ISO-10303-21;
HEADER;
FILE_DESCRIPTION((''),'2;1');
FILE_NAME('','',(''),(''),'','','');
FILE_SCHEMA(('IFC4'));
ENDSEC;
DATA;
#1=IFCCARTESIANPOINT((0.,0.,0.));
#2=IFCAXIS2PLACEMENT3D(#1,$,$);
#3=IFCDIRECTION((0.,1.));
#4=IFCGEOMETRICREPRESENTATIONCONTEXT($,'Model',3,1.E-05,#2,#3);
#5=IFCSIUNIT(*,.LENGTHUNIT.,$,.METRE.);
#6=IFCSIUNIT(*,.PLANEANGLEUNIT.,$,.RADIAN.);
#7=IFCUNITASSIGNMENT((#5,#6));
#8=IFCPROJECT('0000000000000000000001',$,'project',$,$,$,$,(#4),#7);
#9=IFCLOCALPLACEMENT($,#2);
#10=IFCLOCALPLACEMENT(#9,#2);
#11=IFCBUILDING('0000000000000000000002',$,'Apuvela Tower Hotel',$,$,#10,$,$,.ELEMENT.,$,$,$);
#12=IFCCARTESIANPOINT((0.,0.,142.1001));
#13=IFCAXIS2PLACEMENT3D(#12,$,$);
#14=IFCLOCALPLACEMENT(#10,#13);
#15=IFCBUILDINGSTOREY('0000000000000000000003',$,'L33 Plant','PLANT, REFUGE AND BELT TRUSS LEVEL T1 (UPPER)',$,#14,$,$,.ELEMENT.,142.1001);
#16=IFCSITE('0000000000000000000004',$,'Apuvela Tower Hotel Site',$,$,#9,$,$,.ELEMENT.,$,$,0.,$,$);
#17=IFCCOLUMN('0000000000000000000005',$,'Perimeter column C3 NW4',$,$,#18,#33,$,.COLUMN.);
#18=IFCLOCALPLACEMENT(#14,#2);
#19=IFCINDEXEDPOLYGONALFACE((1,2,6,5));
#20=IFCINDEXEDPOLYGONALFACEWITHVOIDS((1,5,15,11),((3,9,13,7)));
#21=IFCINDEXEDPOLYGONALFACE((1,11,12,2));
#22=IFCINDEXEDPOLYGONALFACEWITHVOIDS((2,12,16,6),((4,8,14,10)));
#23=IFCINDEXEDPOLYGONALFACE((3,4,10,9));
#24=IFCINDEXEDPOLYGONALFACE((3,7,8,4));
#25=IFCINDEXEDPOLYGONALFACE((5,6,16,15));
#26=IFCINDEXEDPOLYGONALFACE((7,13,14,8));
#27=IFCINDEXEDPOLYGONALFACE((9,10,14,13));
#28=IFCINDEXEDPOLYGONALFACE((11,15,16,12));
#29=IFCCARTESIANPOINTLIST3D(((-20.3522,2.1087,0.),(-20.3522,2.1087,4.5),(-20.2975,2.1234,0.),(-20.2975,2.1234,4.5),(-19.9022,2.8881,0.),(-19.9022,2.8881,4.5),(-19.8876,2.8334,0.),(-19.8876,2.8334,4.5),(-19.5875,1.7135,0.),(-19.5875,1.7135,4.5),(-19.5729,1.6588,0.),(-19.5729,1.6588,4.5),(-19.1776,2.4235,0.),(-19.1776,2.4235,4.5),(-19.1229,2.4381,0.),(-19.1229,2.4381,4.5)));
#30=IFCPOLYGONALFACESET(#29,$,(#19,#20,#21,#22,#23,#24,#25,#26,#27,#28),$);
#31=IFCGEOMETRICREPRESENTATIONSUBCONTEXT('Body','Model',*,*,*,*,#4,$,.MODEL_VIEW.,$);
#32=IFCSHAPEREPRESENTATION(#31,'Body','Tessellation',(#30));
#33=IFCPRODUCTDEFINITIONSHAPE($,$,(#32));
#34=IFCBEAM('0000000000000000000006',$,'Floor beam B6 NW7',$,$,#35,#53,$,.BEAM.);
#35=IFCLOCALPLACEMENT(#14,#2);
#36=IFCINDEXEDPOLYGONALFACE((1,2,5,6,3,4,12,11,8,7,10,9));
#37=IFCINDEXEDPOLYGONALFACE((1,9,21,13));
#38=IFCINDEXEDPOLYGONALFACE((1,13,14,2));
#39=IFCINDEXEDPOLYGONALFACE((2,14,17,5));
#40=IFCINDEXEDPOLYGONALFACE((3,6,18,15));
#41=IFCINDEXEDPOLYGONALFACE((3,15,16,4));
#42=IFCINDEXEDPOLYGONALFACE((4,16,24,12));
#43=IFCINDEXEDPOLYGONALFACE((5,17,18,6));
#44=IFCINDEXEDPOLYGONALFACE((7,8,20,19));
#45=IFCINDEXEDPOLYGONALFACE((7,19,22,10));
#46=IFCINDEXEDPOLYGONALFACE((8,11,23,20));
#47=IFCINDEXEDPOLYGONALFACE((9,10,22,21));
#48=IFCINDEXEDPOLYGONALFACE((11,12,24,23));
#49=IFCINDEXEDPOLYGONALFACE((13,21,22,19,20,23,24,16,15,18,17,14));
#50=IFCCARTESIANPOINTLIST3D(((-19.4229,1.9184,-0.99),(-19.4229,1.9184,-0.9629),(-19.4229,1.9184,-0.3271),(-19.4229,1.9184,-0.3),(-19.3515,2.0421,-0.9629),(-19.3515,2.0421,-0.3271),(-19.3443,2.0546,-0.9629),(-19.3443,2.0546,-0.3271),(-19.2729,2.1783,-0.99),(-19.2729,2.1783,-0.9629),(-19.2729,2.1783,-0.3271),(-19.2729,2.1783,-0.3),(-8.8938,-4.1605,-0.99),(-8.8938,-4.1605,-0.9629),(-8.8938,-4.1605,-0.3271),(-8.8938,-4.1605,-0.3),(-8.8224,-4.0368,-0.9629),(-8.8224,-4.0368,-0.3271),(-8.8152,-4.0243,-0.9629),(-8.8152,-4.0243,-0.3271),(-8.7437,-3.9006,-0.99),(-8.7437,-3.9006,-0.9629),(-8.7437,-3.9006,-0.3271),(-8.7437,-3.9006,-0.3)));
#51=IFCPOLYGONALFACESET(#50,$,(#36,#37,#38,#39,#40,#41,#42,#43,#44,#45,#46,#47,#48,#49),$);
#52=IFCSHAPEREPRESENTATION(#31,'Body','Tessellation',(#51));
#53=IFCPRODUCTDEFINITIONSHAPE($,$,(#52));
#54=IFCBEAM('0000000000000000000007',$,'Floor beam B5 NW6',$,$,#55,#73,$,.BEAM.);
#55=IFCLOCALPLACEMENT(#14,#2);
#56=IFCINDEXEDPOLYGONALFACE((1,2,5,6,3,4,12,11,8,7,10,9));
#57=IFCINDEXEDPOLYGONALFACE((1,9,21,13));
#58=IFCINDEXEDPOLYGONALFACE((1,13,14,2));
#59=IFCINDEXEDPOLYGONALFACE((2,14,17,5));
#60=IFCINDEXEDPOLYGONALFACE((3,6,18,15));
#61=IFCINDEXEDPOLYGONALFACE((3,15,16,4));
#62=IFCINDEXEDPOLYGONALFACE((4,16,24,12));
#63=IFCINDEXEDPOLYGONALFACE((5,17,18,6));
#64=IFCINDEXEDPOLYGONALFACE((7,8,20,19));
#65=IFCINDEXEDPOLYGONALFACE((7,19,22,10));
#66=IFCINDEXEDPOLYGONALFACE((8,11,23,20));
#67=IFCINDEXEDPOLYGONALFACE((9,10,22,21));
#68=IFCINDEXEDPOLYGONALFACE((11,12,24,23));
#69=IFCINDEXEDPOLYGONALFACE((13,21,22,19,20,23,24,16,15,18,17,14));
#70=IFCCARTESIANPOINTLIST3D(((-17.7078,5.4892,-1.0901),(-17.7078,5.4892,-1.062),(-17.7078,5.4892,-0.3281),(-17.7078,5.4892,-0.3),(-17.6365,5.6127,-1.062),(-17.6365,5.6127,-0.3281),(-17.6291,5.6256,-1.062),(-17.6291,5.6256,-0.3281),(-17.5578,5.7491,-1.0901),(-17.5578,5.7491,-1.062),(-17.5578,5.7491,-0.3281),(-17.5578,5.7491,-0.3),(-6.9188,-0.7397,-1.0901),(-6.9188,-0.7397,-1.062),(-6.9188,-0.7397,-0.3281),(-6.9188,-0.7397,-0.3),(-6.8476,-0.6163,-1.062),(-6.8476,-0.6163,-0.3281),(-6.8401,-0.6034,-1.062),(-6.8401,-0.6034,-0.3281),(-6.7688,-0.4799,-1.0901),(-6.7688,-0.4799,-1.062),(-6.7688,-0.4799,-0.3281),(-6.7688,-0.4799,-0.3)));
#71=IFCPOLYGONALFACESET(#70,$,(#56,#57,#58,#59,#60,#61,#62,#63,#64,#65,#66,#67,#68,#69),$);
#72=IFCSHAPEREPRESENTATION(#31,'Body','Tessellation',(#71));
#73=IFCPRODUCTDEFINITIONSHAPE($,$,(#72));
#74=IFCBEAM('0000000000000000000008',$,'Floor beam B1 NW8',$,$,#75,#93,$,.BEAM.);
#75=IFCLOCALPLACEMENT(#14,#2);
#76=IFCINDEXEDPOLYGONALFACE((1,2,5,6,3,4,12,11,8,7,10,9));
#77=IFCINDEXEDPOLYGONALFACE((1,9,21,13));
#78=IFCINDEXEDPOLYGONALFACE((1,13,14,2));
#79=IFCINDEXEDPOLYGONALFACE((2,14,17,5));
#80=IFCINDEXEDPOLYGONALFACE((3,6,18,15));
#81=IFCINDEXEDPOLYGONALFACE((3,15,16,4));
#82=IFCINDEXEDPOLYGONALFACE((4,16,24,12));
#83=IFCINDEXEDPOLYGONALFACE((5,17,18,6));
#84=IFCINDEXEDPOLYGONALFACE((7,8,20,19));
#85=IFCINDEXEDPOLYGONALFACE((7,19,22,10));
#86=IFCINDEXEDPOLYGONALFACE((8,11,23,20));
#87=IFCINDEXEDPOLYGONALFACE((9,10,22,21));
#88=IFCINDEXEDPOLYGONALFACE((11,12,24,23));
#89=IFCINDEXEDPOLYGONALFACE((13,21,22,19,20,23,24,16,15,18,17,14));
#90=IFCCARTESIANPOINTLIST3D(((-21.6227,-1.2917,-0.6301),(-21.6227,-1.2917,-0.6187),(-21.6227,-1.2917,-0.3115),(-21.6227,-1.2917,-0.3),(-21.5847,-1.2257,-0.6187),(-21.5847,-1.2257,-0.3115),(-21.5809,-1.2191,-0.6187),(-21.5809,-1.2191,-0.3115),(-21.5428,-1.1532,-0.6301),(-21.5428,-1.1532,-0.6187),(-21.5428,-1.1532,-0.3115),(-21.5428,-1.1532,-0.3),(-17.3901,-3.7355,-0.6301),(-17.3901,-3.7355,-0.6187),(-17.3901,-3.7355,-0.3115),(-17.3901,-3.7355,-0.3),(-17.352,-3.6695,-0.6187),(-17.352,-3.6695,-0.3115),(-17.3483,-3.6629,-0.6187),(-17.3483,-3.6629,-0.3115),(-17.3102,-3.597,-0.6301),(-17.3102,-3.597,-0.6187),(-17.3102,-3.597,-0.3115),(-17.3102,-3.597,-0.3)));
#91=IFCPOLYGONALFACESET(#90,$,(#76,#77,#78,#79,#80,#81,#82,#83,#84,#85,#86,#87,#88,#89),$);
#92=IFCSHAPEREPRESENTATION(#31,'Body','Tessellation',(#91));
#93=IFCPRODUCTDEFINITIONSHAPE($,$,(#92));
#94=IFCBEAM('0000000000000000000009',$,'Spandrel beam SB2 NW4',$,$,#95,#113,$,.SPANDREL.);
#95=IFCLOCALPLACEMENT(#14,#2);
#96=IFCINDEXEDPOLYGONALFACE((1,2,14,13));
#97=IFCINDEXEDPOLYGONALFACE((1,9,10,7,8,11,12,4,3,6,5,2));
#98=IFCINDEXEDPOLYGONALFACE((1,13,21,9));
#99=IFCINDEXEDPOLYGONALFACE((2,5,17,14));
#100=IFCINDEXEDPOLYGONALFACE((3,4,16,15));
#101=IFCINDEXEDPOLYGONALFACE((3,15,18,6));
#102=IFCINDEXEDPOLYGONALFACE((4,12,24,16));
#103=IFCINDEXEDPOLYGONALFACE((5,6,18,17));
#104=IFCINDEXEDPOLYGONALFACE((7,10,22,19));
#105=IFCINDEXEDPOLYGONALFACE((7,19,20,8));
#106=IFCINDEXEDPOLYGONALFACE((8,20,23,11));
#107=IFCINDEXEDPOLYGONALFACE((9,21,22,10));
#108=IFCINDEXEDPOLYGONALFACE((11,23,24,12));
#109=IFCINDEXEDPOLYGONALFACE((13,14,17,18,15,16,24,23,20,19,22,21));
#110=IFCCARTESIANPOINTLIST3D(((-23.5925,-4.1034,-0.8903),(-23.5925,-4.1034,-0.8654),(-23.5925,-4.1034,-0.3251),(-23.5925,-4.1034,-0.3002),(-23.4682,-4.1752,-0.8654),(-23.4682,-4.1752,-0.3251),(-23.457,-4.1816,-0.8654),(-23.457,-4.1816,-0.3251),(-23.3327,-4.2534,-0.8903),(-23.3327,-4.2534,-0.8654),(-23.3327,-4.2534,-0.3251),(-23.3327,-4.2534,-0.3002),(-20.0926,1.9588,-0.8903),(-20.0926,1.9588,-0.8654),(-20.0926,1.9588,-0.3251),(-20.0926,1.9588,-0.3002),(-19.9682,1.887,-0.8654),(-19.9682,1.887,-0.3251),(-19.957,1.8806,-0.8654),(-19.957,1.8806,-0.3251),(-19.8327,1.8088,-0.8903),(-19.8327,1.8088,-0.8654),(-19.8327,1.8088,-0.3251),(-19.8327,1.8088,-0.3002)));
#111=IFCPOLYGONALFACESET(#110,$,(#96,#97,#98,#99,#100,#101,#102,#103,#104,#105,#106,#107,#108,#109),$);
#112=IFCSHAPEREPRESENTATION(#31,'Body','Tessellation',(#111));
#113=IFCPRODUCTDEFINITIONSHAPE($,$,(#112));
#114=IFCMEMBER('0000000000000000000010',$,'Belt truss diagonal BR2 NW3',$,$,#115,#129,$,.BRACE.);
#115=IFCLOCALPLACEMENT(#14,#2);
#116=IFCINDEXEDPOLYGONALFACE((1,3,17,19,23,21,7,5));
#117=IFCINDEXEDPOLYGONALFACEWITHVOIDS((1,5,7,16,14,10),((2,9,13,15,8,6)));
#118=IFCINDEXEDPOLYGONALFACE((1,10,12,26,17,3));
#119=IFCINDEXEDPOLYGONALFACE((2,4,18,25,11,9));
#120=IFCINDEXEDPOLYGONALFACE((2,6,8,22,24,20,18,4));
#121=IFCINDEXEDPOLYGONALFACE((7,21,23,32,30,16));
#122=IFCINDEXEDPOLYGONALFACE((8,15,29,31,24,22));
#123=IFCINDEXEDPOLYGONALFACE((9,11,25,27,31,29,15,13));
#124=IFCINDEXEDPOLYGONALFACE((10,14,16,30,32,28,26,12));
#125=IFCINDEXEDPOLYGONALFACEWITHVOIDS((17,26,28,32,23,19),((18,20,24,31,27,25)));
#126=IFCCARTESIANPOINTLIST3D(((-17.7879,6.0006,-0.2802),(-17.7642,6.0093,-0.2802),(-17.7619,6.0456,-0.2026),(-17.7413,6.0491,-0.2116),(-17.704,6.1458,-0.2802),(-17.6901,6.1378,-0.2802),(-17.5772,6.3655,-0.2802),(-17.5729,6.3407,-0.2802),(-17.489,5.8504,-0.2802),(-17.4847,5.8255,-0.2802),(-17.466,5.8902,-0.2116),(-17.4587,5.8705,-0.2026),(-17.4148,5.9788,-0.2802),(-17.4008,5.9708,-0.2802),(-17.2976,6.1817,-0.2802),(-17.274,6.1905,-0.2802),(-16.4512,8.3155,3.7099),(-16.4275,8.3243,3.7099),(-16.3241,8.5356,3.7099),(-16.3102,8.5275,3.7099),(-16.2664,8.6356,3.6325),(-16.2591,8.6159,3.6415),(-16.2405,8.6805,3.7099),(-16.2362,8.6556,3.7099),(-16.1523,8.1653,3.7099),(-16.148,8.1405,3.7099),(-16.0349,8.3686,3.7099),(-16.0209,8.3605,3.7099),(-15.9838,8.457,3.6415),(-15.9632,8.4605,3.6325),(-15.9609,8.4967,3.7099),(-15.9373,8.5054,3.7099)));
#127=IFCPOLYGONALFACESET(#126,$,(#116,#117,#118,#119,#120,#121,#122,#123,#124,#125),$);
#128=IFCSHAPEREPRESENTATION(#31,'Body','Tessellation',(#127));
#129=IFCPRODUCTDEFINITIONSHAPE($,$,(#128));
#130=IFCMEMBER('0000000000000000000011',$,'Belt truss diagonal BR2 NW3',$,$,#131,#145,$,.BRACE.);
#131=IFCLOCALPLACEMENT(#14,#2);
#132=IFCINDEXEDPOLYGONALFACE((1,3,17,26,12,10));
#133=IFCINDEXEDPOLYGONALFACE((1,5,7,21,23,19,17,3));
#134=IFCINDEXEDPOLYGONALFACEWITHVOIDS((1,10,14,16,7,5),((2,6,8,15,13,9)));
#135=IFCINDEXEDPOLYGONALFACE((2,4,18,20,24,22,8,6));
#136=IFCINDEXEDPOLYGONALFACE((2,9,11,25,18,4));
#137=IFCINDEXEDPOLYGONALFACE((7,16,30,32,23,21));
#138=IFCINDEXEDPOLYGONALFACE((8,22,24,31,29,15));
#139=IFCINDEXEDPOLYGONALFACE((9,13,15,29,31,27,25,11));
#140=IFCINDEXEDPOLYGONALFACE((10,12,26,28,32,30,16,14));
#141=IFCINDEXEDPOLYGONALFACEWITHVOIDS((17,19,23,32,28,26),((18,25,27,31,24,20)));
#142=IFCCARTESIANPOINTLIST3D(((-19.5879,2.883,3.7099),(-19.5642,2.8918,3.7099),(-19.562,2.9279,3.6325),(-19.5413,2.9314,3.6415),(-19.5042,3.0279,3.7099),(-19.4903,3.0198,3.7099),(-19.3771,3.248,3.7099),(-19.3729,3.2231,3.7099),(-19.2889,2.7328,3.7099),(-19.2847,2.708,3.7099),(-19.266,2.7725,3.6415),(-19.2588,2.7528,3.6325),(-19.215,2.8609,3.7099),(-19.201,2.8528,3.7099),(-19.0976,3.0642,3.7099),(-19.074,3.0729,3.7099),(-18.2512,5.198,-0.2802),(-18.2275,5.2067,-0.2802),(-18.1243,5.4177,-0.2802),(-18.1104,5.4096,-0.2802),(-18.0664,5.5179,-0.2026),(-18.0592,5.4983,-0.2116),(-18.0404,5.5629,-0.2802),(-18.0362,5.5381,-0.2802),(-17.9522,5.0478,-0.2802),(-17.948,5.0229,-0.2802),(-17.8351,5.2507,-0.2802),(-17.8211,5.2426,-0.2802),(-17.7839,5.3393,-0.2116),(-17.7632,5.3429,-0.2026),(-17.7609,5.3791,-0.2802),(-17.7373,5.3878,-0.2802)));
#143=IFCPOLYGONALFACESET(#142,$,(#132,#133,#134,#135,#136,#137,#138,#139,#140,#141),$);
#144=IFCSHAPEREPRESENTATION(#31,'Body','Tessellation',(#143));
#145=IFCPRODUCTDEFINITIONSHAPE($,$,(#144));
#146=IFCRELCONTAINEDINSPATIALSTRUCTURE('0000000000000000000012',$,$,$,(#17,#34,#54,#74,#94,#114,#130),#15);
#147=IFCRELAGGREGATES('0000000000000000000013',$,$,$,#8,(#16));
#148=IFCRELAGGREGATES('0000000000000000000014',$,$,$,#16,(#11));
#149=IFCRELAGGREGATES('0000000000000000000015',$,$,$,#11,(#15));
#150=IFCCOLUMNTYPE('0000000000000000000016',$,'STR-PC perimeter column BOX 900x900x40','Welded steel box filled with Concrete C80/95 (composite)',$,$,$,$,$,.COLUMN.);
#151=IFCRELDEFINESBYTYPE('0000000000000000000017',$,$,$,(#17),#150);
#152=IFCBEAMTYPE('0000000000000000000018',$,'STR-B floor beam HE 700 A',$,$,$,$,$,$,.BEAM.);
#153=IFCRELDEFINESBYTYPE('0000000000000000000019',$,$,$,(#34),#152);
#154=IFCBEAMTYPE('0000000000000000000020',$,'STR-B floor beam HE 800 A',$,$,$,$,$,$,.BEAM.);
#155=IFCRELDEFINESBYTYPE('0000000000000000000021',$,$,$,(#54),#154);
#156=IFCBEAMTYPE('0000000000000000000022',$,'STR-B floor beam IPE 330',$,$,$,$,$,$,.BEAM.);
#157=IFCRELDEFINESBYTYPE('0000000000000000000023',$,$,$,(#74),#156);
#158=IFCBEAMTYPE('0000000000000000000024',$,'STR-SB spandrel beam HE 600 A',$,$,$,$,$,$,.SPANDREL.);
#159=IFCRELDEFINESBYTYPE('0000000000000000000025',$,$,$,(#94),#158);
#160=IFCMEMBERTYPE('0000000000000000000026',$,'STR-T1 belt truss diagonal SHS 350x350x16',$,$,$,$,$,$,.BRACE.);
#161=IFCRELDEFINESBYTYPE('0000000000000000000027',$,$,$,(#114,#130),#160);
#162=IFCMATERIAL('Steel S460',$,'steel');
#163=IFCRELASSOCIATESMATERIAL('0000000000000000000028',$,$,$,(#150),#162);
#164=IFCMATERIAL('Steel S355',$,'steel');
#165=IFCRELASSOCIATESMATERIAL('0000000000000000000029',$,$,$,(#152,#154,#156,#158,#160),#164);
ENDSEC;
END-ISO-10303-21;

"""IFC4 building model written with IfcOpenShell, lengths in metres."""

from ifc_helpers import new_model, si_unit, direction, frame, origin, origin_2d, place, context, subcontext, project, spatial, rectangle, hollow_rectangle, i_section, extrude, boolean, halfspace, material, material_profile, profile_set, type_object, element, save


model = new_model("IFC4")

# Units and contexts
model_context = context("Model", 3, precision=1e-05, world=origin(), true_north=direction((0.0, 1.0)))
body_context = subcontext(model_context, "Body", "Model", "MODEL_VIEW")
ifc_project = project(units=[si_unit("LENGTHUNIT", "METRE"), si_unit("PLANEANGLEUNIT", "RADIAN")], contexts=[model_context])

# Site, building, storey
site_placement = place(None, origin())
site = spatial("IfcSite", under=ifc_project, at=site_placement, Name="Apuvela Tower Hotel Site", CompositionType="ELEMENT", RefElevation=0.0)
building_placement = place(site_placement, origin())
building = spatial("IfcBuilding", under=site, at=building_placement, Name="Apuvela Tower Hotel", CompositionType="ELEMENT")
storey_placement = place(building_placement, frame((0.0, 0.0, 142.1001)))
storey = spatial("IfcBuildingStorey", under=building, at=storey_placement, Name="L33 Plant", Description="PLANT, REFUGE AND BELT TRUSS LEVEL T1 (UPPER)", CompositionType="ELEMENT", Elevation=142.1001)

# Column
ifc_material_1 = material(Name="Steel S460", Category="steel")
ifc_material_profile_1 = material_profile(ifc_material_1, hollow_rectangle(XDim=0.8999, YDim=0.8999, WallThickness=0.04, at=origin_2d()), Name="BOX 900x900x40")
ifc_material_2 = material(Name="Concrete C80/95", Category="concrete")
ifc_material_profile_2 = material_profile(ifc_material_2, rectangle(XDim=0.8201, YDim=0.8201, at=origin_2d()), Name="Concrete C80/95 infill")
ifc_profile_set_1 = profile_set([ifc_material_profile_1, ifc_material_profile_2], Name="Steel S460")
column_type = type_object("IfcColumnType", Name="STR-PC perimeter column BOX 900x900x40", Description="Welded steel box filled with Concrete C80/95 (composite)", PredefinedType="COLUMN", material=ifc_profile_set_1)
column_placement = place(storey_placement, frame((-19.7375, 2.2734, 0.0), z_axis=(0.0, 0.0, 1.0), x_axis=(0.5, 0.866025, 0.0)))
element("IfcColumn", 1, at=column_placement, inside=storey, type_object=column_type, Name="Perimeter column C3 NW4", PredefinedType="COLUMN", context=body_context, shape_type="SweptSolid", body=[
    extrude(hollow_rectangle(XDim=0.8999, YDim=0.8999, WallThickness=0.04, at=origin_2d()), origin(), (0.0, 0.0, 1.0), 4.5),
])

# Beams
ifc_material_3 = material(Name="Steel S355", Category="steel")
ifc_material_profile_3 = material_profile(ifc_material_3, i_section(OverallWidth=0.3, OverallDepth=0.6899, WebThickness=0.0144, FlangeThickness=0.0271, at=origin_2d()), Name="HE 700 A")
ifc_profile_set_2 = profile_set([ifc_material_profile_3], Name="Steel S355")
beam_type_1 = type_object("IfcBeamType", Name="STR-B floor beam HE 700 A", PredefinedType="BEAM", material=ifc_profile_set_2)
beam_1_placement = place(storey_placement, frame((-19.3479, 2.0483, -0.645), z_axis=(0.866029, -0.499994, 0.0), x_axis=(0.499994, 0.866029, 0.0)))
element("IfcBeam", 2, at=beam_1_placement, inside=storey, type_object=beam_type_1, Name="Floor beam B6 NW7", PredefinedType="BEAM", context=body_context, shape_type="SweptSolid", body=[
    extrude(i_section(OverallWidth=0.3, OverallDepth=0.6899, WebThickness=0.0144, FlangeThickness=0.0271, at=origin_2d()), origin(), (0.0, 0.0, 1.0), 12.158),
])
ifc_material_profile_4 = material_profile(ifc_material_3, i_section(OverallWidth=0.3, OverallDepth=0.79, WebThickness=0.0149, FlangeThickness=0.0281, at=origin_2d()), Name="HE 800 A")
ifc_profile_set_3 = profile_set([ifc_material_profile_4], Name="Steel S355")
beam_type_2 = type_object("IfcBeamType", Name="STR-B floor beam HE 800 A", PredefinedType="BEAM", material=ifc_profile_set_3)
beam_2_placement = place(storey_placement, frame((-17.6328, 5.6191, -0.6951), z_axis=(0.866028, -0.499996, 0.0), x_axis=(0.499996, 0.866028, 0.0)))
element("IfcBeam", 3, at=beam_2_placement, inside=storey, type_object=beam_type_2, Name="Floor beam B5 NW6", PredefinedType="BEAM", context=body_context, shape_type="SweptSolid", body=[
    extrude(i_section(OverallWidth=0.3, OverallDepth=0.79, WebThickness=0.0149, FlangeThickness=0.0281, at=origin_2d()), origin(), (0.0, 0.0, 1.0), 12.458),
])
ifc_material_profile_5 = material_profile(ifc_material_3, i_section(OverallWidth=0.1599, OverallDepth=0.3301, WebThickness=0.0076, FlangeThickness=0.0115, at=origin_2d()), Name="IPE 330")
ifc_profile_set_4 = profile_set([ifc_material_profile_5], Name="Steel S355")
beam_type_3 = type_object("IfcBeamType", Name="STR-B floor beam IPE 330", PredefinedType="BEAM", material=ifc_profile_set_4)
beam_3_placement = place(storey_placement, frame((-21.5828, -1.2224, -0.4651), z_axis=(0.866015, -0.500018, 0.0), x_axis=(0.500018, 0.866015, 0.0)))
element("IfcBeam", 4, at=beam_3_placement, inside=storey, type_object=beam_type_3, Name="Floor beam B1 NW8", PredefinedType="BEAM", context=body_context, shape_type="SweptSolid", body=[
    extrude(i_section(OverallWidth=0.1599, OverallDepth=0.3301, WebThickness=0.0076, FlangeThickness=0.0115, at=origin_2d()), origin(), (0.0, 0.0, 1.0), 4.8875),
])
ifc_material_profile_6 = material_profile(ifc_material_3, i_section(OverallWidth=0.3, OverallDepth=0.5901, WebThickness=0.0129, FlangeThickness=0.0249, at=origin_2d()), Name="HE 600 A")
ifc_profile_set_5 = profile_set([ifc_material_profile_6], Name="Steel S355")
beam_type_4 = type_object("IfcBeamType", Name="STR-SB spandrel beam HE 600 A", PredefinedType="SPANDREL", material=ifc_profile_set_5)
beam_4_placement = place(storey_placement, frame((-19.9626, 1.8838, -0.5952), z_axis=(-0.499995, -0.866028, 0.0), x_axis=(0.866028, -0.499995, 0.0)))
element("IfcBeam", 5, at=beam_4_placement, inside=storey, type_object=beam_type_4, Name="Spandrel beam SB2 NW4", PredefinedType="SPANDREL", context=body_context, shape_type="SweptSolid", body=[
    extrude(i_section(OverallWidth=0.3, OverallDepth=0.5901, WebThickness=0.0129, FlangeThickness=0.0249, at=origin_2d()), origin(), (0.0, 0.0, 1.0), 7.0),
])

# Members
ifc_material_profile_7 = material_profile(ifc_material_3, hollow_rectangle(XDim=0.3501, YDim=0.3501, WallThickness=0.0161, at=origin_2d()), Name="SHS 350x350x16")
ifc_profile_set_6 = profile_set([ifc_material_profile_7], Name="Steel S355")
member_type = type_object("IfcMemberType", Name="STR-T1 belt truss diagonal SHS 350x350x16", PredefinedType="BRACE", material=ifc_profile_set_6)
member_1_placement = place(storey_placement, frame((-17.5376, 6.084, -0.3), z_axis=(0.278322, 0.482005, 0.830788), x_axis=(-0.415434, -0.71946, 0.556589)))
solid_1 = boolean("DIFFERENCE", boolean("DIFFERENCE", extrude(hollow_rectangle(XDim=0.3501, YDim=0.3501, WallThickness=0.0161, at=origin_2d()), frame((0.0, 0.0, -0.2373)), (0.0, 0.0, 1.0), 5.3252), halfspace(frame((0.0, 0.0, 0.0239), z_axis=(0.556589, 0.0, 0.830788), x_axis=(0.830788, 0.0, -0.556589)), True)), halfspace(frame((0.0, 0.0, 4.8267), z_axis=(0.556589, 0.0, 0.830788), x_axis=(0.830788, 0.0, -0.556589)), False))
element("IfcMember", 6, at=member_1_placement, inside=storey, type_object=member_type, Name="Belt truss diagonal BR2 NW3", PredefinedType="BRACE", context=body_context, shape_type="SweptSolid", body=[
    boolean("UNION", boolean("DIFFERENCE", boolean("DIFFERENCE", extrude(hollow_rectangle(XDim=0.3501, YDim=0.3501, WallThickness=0.0161, at=origin_2d()), origin(), (0.0, 0.0, 1.0), 4.8508), halfspace(frame((0.0, 0.0, 0.0239), z_axis=(0.556589, 0.0, 0.830788), x_axis=(0.830788, 0.0, -0.556589)), True)), halfspace(frame((0.0, 0.0, 4.8267), z_axis=(0.556589, 0.0, 0.830788), x_axis=(0.830788, 0.0, -0.556589)), False)), solid_1),
])
member_2_placement = place(storey_placement, frame((-17.9875, 5.3044, -0.3), z_axis=(-0.278322, -0.482005, 0.830788), x_axis=(0.415434, 0.71946, 0.556589)))
solid_2 = boolean("DIFFERENCE", boolean("DIFFERENCE", extrude(hollow_rectangle(XDim=0.3501, YDim=0.3501, WallThickness=0.0161, at=origin_2d()), frame((0.0, 0.0, -0.2373)), (0.0, 0.0, 1.0), 5.3252), halfspace(frame((0.0, 0.0, 0.0239), z_axis=(0.556589, 0.0, 0.830788), x_axis=(0.830788, 0.0, -0.556589)), True)), halfspace(frame((0.0, 0.0, 4.8267), z_axis=(0.556589, 0.0, 0.830788), x_axis=(0.830788, 0.0, -0.556589)), False))
element("IfcMember", 7, at=member_2_placement, inside=storey, type_object=member_type, Name="Belt truss diagonal BR2 NW3", PredefinedType="BRACE", context=body_context, shape_type="SweptSolid", body=[
    boolean("UNION", boolean("DIFFERENCE", boolean("DIFFERENCE", extrude(hollow_rectangle(XDim=0.3501, YDim=0.3501, WallThickness=0.0161, at=origin_2d()), origin(), (0.0, 0.0, 1.0), 4.8508), halfspace(frame((0.0, 0.0, 0.0239), z_axis=(0.556589, 0.0, 0.830788), x_axis=(0.830788, 0.0, -0.556589)), True)), halfspace(frame((0.0, 0.0, 4.8267), z_axis=(0.556589, 0.0, 0.830788), x_axis=(0.830788, 0.0, -0.556589)), False)), solid_2),
])

save(model, "model.ifc")
